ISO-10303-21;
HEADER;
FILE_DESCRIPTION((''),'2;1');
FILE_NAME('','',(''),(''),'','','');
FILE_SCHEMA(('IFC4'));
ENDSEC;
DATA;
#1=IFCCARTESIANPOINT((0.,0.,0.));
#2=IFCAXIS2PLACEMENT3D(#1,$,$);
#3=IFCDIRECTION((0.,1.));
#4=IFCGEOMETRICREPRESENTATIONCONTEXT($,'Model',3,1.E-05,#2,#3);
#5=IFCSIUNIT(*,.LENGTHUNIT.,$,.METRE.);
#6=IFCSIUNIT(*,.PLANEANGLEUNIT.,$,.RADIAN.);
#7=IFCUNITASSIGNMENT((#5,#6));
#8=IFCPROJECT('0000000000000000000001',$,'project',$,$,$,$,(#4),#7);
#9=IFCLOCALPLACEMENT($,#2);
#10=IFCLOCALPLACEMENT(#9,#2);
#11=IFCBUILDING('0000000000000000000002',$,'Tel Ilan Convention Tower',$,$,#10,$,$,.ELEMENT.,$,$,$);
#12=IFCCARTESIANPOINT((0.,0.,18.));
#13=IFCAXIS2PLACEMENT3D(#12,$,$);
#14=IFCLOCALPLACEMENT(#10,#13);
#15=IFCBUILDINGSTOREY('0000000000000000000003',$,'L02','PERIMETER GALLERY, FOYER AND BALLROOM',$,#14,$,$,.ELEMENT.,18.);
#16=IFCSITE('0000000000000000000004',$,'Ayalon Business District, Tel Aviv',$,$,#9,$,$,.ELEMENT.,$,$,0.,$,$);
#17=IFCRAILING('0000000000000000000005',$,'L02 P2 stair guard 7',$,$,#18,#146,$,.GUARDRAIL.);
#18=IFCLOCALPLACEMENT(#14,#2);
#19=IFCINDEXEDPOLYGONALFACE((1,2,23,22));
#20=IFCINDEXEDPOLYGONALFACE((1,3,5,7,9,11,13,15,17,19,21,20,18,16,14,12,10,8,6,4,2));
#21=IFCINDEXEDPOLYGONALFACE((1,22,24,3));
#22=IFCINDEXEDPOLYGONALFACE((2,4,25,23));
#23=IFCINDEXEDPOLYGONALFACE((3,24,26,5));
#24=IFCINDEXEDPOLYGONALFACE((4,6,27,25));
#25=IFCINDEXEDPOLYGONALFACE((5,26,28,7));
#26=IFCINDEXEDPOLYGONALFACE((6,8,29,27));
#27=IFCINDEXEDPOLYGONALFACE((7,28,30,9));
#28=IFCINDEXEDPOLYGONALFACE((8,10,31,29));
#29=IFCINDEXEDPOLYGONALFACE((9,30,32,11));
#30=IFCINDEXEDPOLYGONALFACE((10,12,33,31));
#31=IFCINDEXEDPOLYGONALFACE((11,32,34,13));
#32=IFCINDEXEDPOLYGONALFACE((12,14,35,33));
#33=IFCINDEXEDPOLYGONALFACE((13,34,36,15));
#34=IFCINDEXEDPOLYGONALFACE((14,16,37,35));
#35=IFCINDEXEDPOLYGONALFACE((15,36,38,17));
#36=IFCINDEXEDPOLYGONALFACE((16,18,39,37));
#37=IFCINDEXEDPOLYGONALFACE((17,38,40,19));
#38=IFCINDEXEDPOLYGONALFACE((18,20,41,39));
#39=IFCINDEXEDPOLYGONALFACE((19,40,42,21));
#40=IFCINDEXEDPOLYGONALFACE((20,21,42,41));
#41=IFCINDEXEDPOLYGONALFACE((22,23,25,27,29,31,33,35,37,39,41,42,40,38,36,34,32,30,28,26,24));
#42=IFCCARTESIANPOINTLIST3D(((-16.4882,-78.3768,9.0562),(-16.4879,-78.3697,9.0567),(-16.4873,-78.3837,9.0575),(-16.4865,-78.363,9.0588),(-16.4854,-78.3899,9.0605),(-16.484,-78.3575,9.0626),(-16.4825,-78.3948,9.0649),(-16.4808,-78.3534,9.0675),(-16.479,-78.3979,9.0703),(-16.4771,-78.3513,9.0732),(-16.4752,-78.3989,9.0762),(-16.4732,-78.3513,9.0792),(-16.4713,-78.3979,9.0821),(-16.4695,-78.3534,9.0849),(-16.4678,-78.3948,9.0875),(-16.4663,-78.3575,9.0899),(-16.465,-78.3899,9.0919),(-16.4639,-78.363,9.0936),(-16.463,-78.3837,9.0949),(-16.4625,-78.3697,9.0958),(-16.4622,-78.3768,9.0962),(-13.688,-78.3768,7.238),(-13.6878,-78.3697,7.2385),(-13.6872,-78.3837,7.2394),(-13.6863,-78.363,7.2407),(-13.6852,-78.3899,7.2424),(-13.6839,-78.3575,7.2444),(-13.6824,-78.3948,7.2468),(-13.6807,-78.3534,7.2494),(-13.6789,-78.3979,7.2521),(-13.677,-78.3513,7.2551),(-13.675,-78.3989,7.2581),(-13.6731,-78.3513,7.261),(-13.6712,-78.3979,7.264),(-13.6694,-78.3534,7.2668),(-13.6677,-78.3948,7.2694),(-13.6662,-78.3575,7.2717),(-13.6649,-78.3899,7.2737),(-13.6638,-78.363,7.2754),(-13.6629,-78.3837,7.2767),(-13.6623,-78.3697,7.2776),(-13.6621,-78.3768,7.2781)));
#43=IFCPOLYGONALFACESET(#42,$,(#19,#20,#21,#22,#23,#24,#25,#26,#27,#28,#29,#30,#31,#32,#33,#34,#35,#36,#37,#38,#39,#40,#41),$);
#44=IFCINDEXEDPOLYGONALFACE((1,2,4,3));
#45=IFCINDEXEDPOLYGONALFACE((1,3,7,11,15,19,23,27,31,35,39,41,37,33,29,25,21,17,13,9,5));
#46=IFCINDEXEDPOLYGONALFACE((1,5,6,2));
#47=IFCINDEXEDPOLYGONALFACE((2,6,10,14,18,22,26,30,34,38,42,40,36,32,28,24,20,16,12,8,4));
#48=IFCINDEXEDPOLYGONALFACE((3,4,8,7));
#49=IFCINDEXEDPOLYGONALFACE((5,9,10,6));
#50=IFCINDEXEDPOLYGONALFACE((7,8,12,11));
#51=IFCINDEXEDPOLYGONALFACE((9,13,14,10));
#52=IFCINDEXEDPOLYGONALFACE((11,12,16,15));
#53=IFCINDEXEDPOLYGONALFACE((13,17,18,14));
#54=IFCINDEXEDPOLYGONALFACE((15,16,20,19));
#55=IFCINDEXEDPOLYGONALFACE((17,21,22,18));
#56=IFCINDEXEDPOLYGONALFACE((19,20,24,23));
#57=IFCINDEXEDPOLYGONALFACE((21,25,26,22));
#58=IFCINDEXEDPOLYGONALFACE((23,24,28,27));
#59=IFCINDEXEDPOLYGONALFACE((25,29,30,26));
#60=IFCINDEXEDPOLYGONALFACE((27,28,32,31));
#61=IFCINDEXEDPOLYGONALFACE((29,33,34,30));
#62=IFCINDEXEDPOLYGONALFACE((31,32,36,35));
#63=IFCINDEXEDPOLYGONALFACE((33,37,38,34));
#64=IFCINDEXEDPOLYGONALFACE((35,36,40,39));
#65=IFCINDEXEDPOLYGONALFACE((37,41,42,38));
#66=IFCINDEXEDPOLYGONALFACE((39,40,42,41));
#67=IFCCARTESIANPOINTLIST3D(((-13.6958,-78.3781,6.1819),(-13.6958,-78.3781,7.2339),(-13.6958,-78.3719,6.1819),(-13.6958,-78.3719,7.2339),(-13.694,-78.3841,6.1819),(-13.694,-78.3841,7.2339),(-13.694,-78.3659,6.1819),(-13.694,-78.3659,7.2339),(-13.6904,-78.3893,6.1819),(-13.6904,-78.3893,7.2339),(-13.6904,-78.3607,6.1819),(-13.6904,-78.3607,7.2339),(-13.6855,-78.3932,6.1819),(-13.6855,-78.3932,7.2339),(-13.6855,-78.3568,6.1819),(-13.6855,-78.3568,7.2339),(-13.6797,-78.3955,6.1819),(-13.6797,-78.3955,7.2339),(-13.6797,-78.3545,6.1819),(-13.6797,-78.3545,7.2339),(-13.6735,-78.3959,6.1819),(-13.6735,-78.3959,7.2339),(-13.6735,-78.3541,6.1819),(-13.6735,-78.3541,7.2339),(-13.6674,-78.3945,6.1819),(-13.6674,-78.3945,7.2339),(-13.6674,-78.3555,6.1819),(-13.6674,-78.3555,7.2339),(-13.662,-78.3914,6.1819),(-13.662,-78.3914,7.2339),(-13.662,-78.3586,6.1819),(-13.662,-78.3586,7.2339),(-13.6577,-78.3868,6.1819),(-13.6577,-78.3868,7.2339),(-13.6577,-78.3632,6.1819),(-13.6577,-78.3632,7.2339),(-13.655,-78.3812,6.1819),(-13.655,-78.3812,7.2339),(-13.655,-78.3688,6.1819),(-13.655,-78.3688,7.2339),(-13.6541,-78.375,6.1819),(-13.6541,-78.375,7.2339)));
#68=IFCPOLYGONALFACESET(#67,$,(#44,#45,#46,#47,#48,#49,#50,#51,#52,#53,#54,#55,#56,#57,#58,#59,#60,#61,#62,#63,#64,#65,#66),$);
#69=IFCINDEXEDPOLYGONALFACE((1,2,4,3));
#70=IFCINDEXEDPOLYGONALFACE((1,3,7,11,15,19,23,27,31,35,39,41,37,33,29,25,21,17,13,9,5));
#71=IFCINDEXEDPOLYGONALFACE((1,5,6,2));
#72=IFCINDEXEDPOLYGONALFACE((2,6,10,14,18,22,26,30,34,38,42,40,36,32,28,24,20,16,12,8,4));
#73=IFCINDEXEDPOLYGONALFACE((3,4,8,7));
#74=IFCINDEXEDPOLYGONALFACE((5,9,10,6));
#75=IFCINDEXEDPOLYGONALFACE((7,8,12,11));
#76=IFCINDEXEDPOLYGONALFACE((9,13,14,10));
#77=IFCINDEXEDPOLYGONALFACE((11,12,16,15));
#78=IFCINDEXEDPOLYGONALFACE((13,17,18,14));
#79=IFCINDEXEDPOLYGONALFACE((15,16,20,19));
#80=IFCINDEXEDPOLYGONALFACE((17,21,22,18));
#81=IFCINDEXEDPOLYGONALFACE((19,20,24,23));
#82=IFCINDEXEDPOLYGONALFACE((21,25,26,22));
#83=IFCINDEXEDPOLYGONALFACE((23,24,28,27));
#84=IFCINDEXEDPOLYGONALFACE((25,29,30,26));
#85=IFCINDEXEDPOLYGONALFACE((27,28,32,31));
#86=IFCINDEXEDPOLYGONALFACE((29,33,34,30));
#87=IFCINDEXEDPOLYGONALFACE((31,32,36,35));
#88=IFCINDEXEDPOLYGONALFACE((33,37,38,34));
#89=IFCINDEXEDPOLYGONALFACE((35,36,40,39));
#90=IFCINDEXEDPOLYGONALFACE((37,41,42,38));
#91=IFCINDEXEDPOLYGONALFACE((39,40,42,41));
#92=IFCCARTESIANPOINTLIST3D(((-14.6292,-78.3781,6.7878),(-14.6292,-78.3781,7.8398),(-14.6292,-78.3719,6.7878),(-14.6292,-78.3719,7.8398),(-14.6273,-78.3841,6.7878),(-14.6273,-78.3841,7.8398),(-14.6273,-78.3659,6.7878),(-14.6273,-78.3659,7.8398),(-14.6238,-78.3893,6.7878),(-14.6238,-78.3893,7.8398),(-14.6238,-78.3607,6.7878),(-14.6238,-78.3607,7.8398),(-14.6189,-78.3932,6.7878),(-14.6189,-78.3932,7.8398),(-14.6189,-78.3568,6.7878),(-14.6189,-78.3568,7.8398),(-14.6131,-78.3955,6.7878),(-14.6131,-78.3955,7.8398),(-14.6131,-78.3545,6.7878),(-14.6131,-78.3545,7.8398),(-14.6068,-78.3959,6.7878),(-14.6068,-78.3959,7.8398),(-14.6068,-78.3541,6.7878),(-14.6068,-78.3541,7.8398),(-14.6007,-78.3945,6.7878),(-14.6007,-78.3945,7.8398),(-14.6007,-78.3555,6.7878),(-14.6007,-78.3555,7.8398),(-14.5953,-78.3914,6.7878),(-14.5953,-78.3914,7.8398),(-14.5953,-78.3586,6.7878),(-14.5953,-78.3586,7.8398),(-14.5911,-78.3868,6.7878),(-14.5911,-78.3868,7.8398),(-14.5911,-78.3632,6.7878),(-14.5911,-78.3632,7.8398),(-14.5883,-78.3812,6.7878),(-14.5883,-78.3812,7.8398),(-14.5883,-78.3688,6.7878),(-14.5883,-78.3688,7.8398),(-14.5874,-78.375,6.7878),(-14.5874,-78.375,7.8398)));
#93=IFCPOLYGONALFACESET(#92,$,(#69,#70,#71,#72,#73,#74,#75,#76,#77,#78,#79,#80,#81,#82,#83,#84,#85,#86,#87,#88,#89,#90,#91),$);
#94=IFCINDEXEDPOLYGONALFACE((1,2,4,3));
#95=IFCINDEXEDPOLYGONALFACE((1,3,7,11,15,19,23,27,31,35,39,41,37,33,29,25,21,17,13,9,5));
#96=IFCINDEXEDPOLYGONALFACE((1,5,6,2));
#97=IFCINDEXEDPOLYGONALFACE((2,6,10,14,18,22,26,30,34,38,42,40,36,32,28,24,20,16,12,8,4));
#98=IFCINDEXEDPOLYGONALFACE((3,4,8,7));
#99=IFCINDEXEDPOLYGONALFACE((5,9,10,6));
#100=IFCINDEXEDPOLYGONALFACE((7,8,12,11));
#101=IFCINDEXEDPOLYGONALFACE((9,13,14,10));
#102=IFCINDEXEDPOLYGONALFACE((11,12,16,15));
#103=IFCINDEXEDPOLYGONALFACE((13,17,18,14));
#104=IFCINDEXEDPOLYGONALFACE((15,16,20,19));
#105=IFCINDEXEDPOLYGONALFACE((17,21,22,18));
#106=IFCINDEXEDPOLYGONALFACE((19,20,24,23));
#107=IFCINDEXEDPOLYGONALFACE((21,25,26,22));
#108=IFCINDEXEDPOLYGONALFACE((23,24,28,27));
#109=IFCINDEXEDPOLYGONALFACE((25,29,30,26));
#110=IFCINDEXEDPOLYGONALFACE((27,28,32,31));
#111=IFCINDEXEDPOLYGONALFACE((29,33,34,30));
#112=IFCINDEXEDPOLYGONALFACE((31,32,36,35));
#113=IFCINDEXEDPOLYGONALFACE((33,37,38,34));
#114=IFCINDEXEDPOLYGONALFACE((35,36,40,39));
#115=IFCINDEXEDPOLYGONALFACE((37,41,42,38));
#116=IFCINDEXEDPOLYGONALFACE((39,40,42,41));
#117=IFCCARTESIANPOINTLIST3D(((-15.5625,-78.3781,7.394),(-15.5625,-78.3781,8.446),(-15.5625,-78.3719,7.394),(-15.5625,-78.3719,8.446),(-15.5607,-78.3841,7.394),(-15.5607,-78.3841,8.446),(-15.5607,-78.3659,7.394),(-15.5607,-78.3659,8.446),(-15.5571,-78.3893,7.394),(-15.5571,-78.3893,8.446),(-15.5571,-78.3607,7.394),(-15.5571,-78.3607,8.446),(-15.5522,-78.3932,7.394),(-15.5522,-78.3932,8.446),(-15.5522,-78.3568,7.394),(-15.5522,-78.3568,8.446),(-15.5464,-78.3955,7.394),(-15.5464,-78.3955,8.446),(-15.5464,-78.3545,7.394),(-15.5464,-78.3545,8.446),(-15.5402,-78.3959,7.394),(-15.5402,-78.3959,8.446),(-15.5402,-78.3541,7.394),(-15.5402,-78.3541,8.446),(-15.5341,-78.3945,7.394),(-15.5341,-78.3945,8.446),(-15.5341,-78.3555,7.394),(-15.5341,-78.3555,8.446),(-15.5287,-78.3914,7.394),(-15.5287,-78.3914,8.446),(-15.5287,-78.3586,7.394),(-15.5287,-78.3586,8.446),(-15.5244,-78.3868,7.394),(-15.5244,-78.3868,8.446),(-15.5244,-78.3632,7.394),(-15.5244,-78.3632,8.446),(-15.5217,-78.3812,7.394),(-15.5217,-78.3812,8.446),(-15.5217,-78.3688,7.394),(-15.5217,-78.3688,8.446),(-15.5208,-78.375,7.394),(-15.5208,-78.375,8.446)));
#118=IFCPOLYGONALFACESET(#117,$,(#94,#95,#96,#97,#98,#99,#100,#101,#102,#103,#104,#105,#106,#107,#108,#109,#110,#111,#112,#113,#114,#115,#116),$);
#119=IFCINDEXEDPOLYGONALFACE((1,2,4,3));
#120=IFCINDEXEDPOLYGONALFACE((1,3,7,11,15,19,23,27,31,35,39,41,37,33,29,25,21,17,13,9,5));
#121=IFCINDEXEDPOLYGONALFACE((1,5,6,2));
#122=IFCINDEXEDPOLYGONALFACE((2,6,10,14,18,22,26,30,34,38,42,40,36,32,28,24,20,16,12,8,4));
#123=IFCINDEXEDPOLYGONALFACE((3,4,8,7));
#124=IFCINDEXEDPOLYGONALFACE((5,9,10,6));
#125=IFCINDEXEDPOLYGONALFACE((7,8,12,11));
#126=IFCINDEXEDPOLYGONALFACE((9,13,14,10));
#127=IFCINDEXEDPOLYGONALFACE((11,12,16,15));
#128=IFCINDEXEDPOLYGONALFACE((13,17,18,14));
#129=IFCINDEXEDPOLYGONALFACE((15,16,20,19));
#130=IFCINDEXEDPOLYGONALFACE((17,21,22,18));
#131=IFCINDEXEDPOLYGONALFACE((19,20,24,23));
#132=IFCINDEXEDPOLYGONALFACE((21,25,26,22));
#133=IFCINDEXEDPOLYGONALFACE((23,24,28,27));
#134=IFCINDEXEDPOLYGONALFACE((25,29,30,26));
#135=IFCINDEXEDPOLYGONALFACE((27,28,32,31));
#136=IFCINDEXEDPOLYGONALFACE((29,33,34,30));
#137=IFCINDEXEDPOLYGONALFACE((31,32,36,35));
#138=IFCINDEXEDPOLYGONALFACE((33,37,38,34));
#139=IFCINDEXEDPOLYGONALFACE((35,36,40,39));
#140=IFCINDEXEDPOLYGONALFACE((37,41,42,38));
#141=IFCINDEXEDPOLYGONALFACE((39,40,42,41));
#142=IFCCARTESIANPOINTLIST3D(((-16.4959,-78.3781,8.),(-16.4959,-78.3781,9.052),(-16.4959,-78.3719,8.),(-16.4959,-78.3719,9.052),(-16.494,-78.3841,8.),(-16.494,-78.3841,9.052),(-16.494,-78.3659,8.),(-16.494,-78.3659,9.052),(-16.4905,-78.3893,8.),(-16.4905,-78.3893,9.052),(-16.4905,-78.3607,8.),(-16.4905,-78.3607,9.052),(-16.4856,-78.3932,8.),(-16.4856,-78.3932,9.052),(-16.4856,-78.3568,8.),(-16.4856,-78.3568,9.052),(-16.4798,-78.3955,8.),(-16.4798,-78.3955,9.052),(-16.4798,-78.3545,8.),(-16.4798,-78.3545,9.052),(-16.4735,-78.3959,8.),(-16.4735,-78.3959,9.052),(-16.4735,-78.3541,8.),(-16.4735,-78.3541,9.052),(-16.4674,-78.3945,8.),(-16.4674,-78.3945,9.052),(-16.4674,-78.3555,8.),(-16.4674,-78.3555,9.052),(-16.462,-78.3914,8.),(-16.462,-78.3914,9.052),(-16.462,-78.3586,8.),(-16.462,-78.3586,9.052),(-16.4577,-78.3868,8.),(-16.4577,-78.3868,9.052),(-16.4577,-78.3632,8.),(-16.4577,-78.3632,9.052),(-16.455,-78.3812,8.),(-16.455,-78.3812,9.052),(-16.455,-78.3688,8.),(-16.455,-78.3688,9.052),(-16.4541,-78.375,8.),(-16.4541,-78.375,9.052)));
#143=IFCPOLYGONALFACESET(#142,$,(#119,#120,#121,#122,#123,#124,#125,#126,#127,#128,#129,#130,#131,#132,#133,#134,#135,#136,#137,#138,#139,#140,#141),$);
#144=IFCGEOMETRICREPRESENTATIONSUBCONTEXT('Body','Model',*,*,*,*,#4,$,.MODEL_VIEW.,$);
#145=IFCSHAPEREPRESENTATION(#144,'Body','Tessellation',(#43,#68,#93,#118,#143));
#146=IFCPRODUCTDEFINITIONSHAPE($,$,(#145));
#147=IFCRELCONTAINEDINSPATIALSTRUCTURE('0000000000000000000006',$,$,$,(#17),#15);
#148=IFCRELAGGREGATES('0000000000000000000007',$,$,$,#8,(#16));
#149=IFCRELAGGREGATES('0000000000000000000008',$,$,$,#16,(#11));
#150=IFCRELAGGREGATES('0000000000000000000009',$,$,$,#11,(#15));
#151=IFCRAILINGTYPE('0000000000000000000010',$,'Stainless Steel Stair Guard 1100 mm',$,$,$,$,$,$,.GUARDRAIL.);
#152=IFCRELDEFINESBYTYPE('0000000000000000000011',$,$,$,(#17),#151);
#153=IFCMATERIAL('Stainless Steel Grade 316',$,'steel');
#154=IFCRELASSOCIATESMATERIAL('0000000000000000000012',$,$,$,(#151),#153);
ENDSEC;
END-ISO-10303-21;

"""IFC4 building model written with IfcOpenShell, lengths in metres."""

from ifc_helpers import new_model, si_unit, direction, frame, origin, origin_2d, place, context, subcontext, project, spatial, circle, extrude, material, type_object, element, save


model = new_model("IFC4")

# Units and contexts
model_context = context("Model", 3, precision=1e-05, world=origin(), true_north=direction((0.0, 1.0)))
body_context = subcontext(model_context, "Body", "Model", "MODEL_VIEW")
ifc_project = project(units=[si_unit("LENGTHUNIT", "METRE"), si_unit("PLANEANGLEUNIT", "RADIAN")], contexts=[model_context])

# Site, building, storey
site_placement = place(None, origin())
site = spatial("IfcSite", under=ifc_project, at=site_placement, Name="Ayalon Business District, Tel Aviv", CompositionType="ELEMENT", RefElevation=0.0)
building_placement = place(site_placement, origin())
building = spatial("IfcBuilding", under=site, at=building_placement, Name="Tel Ilan Convention Tower", CompositionType="ELEMENT")
storey_placement = place(building_placement, frame((0.0, 0.0, 18.0)))
storey = spatial("IfcBuildingStorey", under=building, at=storey_placement, Name="L02", Description="PERIMETER GALLERY, FOYER AND BALLROOM", CompositionType="ELEMENT", Elevation=18.0)

# Railing
ifc_material_1 = material(Name="Stainless Steel Grade 316", Category="steel")
railing_type_1 = type_object("IfcRailingType", Name="Stainless Steel Stair Guard 1100 mm", PredefinedType="GUARDRAIL", material=ifc_material_1)
railing_1_placement = place(storey_placement, frame((-13.675, -78.375, 6.1819)))
element("IfcRailing", 1, at=railing_1_placement, inside=storey, type_object=railing_type_1, Name="L02 P2 stair guard 7", PredefinedType="GUARDRAIL", context=body_context, shape_type="SweptSolid", body=[
    extrude(circle(Radius=0.0239, at=origin_2d()), frame((0.0, 0.0, 1.0762), z_axis=(-0.838706, 0.0, 0.544585), x_axis=(0.0, -1.0, 0.0)), (0.0, 0.0, 1.0), 3.3386),
    extrude(circle(Radius=0.021, at=origin_2d()), origin(), (0.0, 0.0, 1.0), 1.052),
    extrude(circle(Radius=0.021, at=origin_2d()), frame((-0.9333, 0.0, 0.606)), (0.0, 0.0, 1.0), 1.052),
    extrude(circle(Radius=0.021, at=origin_2d()), frame((-1.8667, 0.0, 1.2122)), (0.0, 0.0, 1.0), 1.052),
    extrude(circle(Radius=0.021, at=origin_2d()), frame((-2.8, 0.0, 1.8181)), (0.0, 0.0, 1.0), 1.052),
])

save(model, "model.ifc")
